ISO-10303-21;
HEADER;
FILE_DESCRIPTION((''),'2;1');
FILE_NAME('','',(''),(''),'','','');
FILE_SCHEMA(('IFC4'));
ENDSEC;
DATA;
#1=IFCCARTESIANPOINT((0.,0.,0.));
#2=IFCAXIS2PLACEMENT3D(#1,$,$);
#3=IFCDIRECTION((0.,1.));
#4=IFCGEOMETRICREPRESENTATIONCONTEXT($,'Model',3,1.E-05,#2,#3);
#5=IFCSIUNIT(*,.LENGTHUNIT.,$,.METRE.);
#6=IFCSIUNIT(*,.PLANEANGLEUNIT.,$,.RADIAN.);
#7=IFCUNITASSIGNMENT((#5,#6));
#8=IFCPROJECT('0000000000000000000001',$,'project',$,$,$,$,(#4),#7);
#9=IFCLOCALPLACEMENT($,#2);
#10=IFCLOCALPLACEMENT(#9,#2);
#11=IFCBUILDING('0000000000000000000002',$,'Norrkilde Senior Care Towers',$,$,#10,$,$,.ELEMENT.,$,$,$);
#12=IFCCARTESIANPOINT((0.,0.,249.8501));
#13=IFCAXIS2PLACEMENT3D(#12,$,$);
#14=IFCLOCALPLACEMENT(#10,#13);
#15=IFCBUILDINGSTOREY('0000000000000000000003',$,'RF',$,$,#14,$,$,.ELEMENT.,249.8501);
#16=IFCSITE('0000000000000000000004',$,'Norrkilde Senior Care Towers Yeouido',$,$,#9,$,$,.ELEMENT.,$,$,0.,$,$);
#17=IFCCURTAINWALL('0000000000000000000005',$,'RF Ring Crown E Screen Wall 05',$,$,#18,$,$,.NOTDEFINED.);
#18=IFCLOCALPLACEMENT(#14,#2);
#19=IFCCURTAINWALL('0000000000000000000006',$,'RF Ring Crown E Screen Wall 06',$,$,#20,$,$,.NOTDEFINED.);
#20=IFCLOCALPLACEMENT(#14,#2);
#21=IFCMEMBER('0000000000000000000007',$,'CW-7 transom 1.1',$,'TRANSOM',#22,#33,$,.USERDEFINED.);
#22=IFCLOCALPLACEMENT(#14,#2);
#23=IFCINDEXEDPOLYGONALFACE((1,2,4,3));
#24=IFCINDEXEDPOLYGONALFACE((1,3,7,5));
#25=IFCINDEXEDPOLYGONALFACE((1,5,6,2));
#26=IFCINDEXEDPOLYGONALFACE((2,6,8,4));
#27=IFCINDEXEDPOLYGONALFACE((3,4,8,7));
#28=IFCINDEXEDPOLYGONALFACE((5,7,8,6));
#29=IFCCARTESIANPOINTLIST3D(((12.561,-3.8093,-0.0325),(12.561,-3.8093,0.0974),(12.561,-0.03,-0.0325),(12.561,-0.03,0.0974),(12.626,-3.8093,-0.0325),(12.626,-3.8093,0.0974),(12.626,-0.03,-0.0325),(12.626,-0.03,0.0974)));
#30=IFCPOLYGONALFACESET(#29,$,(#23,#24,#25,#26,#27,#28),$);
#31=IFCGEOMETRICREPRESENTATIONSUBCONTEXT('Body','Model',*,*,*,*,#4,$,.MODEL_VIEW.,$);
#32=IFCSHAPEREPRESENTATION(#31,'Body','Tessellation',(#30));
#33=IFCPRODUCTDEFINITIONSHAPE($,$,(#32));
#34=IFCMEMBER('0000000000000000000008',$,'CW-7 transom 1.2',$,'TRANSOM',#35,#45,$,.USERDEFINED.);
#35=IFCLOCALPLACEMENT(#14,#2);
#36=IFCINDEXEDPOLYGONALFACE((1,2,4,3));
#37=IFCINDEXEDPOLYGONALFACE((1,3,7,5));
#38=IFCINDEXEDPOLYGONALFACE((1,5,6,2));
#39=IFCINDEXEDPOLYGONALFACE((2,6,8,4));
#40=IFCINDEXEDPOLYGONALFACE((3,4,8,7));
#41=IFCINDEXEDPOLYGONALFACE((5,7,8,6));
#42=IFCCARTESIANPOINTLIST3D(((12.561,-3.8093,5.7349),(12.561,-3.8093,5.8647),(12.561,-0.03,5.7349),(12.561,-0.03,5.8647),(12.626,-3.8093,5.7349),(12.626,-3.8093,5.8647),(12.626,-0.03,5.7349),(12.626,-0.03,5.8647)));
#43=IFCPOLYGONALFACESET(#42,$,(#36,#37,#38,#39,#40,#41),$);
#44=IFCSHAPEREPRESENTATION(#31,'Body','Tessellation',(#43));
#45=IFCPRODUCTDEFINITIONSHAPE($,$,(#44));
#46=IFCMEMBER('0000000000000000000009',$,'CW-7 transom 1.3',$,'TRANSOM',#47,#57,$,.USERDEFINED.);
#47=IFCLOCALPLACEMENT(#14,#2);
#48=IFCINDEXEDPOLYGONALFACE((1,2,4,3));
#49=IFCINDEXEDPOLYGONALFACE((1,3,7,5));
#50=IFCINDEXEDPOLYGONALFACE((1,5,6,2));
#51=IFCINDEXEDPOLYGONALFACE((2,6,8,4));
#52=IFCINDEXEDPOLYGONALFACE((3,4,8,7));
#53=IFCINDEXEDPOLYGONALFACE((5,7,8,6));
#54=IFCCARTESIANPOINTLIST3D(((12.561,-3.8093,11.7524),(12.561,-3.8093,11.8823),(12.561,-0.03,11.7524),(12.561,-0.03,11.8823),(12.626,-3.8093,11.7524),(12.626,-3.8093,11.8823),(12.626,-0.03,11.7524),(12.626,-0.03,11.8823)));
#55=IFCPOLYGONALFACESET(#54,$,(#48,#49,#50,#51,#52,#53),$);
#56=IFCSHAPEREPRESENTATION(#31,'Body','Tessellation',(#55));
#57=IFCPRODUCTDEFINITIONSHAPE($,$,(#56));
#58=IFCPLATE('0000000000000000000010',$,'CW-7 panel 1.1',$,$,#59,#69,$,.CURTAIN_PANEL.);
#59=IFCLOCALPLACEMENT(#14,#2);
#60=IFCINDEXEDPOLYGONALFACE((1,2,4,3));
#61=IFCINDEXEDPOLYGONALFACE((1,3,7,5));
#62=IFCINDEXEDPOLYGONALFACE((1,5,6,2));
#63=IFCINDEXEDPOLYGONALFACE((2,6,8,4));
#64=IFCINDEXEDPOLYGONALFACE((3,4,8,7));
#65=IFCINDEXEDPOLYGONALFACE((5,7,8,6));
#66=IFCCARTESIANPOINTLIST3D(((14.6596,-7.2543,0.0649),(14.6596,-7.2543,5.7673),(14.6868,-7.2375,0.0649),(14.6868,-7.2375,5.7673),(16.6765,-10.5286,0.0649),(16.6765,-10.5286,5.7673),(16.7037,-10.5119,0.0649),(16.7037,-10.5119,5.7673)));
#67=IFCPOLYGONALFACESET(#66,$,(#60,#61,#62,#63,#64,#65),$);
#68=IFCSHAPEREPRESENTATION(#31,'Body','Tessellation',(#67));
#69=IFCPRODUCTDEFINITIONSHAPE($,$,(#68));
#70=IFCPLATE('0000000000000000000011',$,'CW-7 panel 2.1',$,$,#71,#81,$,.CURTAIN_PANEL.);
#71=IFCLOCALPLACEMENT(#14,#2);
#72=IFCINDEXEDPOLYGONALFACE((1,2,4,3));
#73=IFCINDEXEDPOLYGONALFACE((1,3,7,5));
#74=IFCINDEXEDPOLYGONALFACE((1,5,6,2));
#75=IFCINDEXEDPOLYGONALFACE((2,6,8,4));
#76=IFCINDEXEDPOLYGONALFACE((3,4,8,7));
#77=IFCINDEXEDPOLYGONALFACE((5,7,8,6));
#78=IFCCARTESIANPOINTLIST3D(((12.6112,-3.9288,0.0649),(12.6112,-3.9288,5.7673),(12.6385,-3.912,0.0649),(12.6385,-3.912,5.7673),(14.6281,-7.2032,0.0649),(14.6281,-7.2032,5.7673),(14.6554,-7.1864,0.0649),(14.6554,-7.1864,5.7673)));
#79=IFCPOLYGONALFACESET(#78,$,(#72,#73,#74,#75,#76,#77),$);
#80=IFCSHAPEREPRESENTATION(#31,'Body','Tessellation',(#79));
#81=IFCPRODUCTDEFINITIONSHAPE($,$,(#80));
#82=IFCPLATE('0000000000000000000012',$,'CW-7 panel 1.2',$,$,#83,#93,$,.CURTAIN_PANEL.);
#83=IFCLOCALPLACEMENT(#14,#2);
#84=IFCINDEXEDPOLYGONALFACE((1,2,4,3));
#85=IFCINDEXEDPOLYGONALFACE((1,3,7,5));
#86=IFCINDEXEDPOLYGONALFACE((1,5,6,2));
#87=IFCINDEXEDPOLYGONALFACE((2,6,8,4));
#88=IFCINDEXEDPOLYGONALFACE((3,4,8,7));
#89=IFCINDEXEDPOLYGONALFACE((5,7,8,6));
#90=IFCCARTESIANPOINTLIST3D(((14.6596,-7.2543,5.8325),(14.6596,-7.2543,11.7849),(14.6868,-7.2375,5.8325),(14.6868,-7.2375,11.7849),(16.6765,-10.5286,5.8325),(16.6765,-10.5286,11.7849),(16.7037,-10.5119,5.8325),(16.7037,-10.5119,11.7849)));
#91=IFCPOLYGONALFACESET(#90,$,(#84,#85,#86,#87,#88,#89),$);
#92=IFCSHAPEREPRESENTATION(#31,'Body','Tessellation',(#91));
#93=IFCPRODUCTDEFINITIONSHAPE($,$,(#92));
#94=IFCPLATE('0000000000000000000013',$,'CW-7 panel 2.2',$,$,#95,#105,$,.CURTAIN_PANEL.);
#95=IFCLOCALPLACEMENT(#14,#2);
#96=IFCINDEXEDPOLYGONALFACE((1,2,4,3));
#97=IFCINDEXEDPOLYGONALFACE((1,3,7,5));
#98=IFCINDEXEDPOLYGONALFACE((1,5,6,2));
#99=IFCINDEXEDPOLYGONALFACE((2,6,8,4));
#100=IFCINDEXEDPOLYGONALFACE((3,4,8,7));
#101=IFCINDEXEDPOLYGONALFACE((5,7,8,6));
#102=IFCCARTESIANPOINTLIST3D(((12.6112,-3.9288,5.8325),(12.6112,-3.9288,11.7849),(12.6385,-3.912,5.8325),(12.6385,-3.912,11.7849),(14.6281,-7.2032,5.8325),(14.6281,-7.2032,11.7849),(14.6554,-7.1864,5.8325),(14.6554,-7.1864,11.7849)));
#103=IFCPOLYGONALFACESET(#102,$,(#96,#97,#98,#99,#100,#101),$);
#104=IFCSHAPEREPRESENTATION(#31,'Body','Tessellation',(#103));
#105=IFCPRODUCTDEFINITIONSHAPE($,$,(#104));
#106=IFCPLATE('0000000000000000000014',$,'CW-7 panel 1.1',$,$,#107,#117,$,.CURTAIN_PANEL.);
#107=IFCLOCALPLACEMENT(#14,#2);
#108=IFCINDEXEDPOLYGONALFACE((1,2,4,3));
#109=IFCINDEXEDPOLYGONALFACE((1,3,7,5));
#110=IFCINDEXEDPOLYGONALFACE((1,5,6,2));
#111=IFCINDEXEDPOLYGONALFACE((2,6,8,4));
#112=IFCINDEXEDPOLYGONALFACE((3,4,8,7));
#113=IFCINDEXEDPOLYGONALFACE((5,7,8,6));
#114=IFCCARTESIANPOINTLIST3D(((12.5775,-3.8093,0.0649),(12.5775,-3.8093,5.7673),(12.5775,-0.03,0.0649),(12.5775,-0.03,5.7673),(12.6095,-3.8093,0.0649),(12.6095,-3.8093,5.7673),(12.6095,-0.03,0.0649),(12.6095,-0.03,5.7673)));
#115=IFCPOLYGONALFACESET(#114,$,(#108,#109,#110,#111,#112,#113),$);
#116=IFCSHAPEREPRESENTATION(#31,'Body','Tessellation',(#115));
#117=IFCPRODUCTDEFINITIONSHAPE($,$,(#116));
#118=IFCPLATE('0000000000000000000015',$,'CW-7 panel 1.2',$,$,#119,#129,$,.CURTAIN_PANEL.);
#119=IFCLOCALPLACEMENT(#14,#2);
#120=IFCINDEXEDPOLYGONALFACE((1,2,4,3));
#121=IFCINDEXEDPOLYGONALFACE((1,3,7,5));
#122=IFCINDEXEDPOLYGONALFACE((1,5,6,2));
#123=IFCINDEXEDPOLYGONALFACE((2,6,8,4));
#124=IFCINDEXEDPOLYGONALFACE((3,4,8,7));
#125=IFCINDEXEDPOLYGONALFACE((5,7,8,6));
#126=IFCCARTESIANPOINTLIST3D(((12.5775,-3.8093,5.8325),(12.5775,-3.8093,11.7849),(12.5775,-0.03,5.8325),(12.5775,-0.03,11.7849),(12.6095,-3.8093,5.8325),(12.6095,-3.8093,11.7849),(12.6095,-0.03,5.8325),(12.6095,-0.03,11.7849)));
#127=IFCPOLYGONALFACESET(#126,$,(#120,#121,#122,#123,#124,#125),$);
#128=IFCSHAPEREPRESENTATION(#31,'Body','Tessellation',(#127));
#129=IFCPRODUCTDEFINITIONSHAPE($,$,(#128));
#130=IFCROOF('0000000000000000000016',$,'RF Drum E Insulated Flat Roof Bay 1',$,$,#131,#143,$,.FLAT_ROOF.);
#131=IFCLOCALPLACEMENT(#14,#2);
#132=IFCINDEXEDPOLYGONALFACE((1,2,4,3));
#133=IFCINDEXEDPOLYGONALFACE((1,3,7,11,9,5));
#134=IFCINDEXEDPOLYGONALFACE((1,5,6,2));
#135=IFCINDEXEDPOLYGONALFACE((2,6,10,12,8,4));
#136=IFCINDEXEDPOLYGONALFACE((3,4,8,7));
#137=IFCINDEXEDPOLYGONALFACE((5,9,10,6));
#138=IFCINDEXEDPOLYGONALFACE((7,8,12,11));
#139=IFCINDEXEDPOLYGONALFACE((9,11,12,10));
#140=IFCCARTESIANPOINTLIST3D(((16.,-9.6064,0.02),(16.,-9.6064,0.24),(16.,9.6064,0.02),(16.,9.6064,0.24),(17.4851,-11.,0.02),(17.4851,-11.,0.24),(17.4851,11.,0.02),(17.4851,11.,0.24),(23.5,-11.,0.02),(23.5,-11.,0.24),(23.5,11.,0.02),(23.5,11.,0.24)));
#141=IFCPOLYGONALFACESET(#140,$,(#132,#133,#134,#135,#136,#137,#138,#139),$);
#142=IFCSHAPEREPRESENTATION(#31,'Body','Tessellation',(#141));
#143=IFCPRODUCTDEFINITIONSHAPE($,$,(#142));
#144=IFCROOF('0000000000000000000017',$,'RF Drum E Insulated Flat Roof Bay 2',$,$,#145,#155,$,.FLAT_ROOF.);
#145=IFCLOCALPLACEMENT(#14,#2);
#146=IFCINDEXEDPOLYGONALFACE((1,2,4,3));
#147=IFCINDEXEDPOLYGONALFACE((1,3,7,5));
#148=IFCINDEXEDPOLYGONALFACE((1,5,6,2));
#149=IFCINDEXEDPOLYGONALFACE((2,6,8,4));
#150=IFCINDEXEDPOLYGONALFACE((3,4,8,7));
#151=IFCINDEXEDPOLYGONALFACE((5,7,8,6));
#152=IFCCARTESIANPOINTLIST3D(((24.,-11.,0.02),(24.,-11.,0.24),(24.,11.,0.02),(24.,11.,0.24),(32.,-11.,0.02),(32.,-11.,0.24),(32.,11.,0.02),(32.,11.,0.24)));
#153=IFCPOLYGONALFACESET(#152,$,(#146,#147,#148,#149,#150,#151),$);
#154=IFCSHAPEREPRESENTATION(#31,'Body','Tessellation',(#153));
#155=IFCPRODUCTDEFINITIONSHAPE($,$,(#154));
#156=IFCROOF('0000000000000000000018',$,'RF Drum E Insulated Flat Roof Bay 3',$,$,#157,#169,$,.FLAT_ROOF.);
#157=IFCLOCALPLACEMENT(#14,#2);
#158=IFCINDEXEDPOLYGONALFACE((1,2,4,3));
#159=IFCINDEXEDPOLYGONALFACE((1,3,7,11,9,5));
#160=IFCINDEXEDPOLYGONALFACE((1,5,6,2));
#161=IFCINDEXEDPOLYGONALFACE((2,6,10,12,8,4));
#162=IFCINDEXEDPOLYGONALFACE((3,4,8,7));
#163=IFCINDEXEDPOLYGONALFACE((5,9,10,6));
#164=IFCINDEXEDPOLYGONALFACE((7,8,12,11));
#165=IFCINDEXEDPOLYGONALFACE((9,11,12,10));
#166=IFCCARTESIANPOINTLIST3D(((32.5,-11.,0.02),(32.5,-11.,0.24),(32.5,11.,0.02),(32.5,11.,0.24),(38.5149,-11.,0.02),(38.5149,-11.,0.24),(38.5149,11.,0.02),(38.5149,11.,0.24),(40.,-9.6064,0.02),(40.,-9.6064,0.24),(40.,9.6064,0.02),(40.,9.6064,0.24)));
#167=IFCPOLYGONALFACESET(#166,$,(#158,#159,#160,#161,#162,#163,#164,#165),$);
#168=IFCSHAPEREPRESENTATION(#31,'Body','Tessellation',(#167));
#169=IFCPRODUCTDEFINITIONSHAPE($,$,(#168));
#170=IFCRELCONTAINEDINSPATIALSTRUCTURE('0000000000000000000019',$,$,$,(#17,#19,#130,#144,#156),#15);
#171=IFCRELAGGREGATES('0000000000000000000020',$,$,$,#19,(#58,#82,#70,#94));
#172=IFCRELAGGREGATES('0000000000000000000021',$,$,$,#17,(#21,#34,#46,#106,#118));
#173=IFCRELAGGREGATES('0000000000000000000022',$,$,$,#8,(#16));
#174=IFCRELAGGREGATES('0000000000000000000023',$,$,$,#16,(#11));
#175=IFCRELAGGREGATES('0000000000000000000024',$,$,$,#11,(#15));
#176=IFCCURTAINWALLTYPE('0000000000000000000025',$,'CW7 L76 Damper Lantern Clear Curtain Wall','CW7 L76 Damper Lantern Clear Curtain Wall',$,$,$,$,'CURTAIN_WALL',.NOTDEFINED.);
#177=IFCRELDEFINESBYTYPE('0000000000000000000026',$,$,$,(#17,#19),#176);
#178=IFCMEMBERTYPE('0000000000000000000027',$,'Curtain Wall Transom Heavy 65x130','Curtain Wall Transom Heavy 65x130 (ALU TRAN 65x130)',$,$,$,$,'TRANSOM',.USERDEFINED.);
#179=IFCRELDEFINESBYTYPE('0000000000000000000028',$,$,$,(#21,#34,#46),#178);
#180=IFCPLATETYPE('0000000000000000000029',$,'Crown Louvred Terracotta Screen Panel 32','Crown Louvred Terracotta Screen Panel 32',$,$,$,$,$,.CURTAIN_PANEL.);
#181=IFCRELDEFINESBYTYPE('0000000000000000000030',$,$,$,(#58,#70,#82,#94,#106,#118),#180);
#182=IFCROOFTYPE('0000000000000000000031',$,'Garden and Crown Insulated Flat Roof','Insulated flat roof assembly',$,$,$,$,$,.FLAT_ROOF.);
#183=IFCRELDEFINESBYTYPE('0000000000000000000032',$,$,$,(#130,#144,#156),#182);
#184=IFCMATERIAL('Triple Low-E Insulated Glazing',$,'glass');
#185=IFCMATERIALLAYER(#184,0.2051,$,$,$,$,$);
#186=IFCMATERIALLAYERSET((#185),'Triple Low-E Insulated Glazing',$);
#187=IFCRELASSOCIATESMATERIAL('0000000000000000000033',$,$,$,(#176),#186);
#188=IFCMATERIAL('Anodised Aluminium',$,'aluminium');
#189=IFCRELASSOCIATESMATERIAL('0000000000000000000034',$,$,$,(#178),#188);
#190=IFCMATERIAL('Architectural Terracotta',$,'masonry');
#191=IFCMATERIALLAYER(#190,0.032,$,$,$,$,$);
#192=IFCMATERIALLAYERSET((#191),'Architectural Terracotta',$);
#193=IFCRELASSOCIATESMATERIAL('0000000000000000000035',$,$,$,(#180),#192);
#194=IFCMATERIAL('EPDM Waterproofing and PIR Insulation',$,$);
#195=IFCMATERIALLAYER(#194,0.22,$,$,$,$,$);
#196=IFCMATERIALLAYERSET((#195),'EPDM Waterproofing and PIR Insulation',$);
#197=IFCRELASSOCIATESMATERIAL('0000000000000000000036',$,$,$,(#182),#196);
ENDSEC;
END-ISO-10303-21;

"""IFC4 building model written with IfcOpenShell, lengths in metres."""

from ifc_helpers import new_model, si_unit, direction, frame, origin, origin_2d, place, context, subcontext, project, spatial, polyline, rectangle, outline, extrude, source, transform, mapped, material, layer, layer_set, material_profile, profile_set, type_object, type_shapes, element, aggregate, save


model = new_model("IFC4")

# Units and contexts
model_context = context("Model", 3, precision=1e-05, world=origin(), true_north=direction((0.0, 1.0)))
body_context = subcontext(model_context, "Body", "Model", "MODEL_VIEW")
ifc_project = project(units=[si_unit("LENGTHUNIT", "METRE"), si_unit("PLANEANGLEUNIT", "RADIAN")], contexts=[model_context])

# Site, building, storey
site_placement = place(None, origin())
site = spatial("IfcSite", under=ifc_project, at=site_placement, Name="Norrkilde Senior Care Towers Yeouido", CompositionType="ELEMENT", RefElevation=0.0)
building_placement = place(site_placement, origin())
building = spatial("IfcBuilding", under=site, at=building_placement, Name="Norrkilde Senior Care Towers", CompositionType="ELEMENT")
storey_placement = place(building_placement, frame((0.0, 0.0, 249.8501)))
storey = spatial("IfcBuildingStorey", under=building, at=storey_placement, Name="RF", CompositionType="ELEMENT", Elevation=249.8501)

# Curtain wall
ifc_material_1 = material(Name="Triple Low-E Insulated Glazing", Category="glass")
ifc_layer_1 = layer(ifc_material_1, 0.2051)
ifc_layer_set_1 = layer_set([ifc_layer_1], Name="Triple Low-E Insulated Glazing")
curtain_wall_type = type_object("IfcCurtainWallType", Name="CW7 L76 Damper Lantern Clear Curtain Wall", Description="CW7 L76 Damper Lantern Clear Curtain Wall", ElementType="CURTAIN_WALL", PredefinedType="NOTDEFINED", material=ifc_layer_set_1)
curtain_wall_1_placement = place(storey_placement, origin())
curtain_wall_1 = element("IfcCurtainWall", 1, at=curtain_wall_1_placement, inside=storey, type_object=curtain_wall_type, Name="RF Ring Crown E Screen Wall 05", PredefinedType="NOTDEFINED")
ifc_material_2 = material(Name="Anodised Aluminium", Category="aluminium")

# Curtain wall
curtain_wall_2_placement = place(storey_placement, origin())
curtain_wall_2 = element("IfcCurtainWall", 2, at=curtain_wall_2_placement, inside=storey, type_object=curtain_wall_type, Name="RF Ring Crown E Screen Wall 06", PredefinedType="NOTDEFINED")
ifc_material_profile_1 = material_profile(ifc_material_2, rectangle(XDim=0.0649, YDim=0.1299, at=origin_2d()), Name="ALU TRAN 65x130")
ifc_profile_set_1 = profile_set([ifc_material_profile_1], Name="Anodised Aluminium")
member_type_1 = type_object("IfcMemberType", Name="Curtain Wall Transom Heavy 65x130", Description="Curtain Wall Transom Heavy 65x130 (ALU TRAN 65x130)", ElementType="TRANSOM", PredefinedType="USERDEFINED", material=ifc_profile_set_1)

# Members
shared_shape_1 = source(origin(), body_context, "Body", "SweptSolid", [
    extrude(rectangle(XDim=0.0649, YDim=0.1299, at=origin_2d()), origin(), (0.0, 0.0, 1.0), 3.7793),
])
member_1_placement = place(storey_placement, frame((12.5935, -3.8093, 0.0325), z_axis=(0.0, 1.0, 0.0), x_axis=(-1.0, 0.0, 0.0)))
member_1 = element("IfcMember", 3, at=member_1_placement, type_object=member_type_1, Name="CW-7 transom 1.1", ObjectType="TRANSOM", PredefinedType="USERDEFINED", context=body_context, shape_type="MappedRepresentation", body=[
    mapped(shared_shape_1, transform((0.0, 0.0, 0.0), x_axis=(1.0, 0.0, 0.0), y_axis=(0.0, 1.0, 0.0), z_axis=(0.0, 0.0, 1.0), scale=1.0)),
])
member_2_placement = place(storey_placement, frame((12.5935, -3.8093, 5.7998), z_axis=(0.0, 1.0, 0.0), x_axis=(-1.0, 0.0, 0.0)))
member_2 = element("IfcMember", 4, at=member_2_placement, type_object=member_type_1, Name="CW-7 transom 1.2", ObjectType="TRANSOM", PredefinedType="USERDEFINED", context=body_context, shape_type="MappedRepresentation", body=[
    mapped(shared_shape_1, transform((0.0, 0.0, 0.0), x_axis=(1.0, 0.0, 0.0), y_axis=(0.0, 1.0, 0.0), z_axis=(0.0, 0.0, 1.0), scale=1.0)),
])
member_3_placement = place(storey_placement, frame((12.5935, -3.8093, 11.8174), z_axis=(0.0, 1.0, 0.0), x_axis=(-1.0, 0.0, 0.0)))
member_3 = element("IfcMember", 5, at=member_3_placement, type_object=member_type_1, Name="CW-7 transom 1.3", ObjectType="TRANSOM", PredefinedType="USERDEFINED", context=body_context, shape_type="MappedRepresentation", body=[
    mapped(shared_shape_1, transform((0.0, 0.0, 0.0), x_axis=(1.0, 0.0, 0.0), y_axis=(0.0, 1.0, 0.0), z_axis=(0.0, 0.0, 1.0), scale=1.0)),
])

# Plates
ifc_material_3 = material(Name="Architectural Terracotta", Category="masonry")
ifc_layer_2 = layer(ifc_material_3, 0.032)
ifc_layer_set_2 = layer_set([ifc_layer_2], Name="Architectural Terracotta")
plate_type = type_object("IfcPlateType", Name="Crown Louvred Terracotta Screen Panel 32", Description="Crown Louvred Terracotta Screen Panel 32", PredefinedType="CURTAIN_PANEL", material=ifc_layer_set_2)
shared_shape_2 = source(origin(), body_context, "Body", "SweptSolid", [
    extrude(rectangle(XDim=3.8457, YDim=0.032, at=origin_2d()), origin(), (0.0, 0.0, 1.0), 5.7024),
])
plate_1_placement = place(storey_placement, frame((15.6816, -8.8831, 0.0649), z_axis=(0.0, 0.0, 1.0), x_axis=(-0.524458, 0.851436, 0.0)))
plate_1 = element("IfcPlate", 6, at=plate_1_placement, type_object=plate_type, Name="CW-7 panel 1.1", PredefinedType="CURTAIN_PANEL", context=body_context, shape_type="MappedRepresentation", body=[
    mapped(shared_shape_2, transform((0.0, 0.0, 0.0), x_axis=(1.0, 0.0, 0.0), y_axis=(0.0, 1.0, 0.0), z_axis=(0.0, 0.0, 1.0), scale=1.0)),
])
plate_2_placement = place(storey_placement, frame((13.6333, -5.5576, 0.0649), z_axis=(0.0, 0.0, 1.0), x_axis=(-0.524458, 0.851436, 0.0)))
plate_2 = element("IfcPlate", 7, at=plate_2_placement, type_object=plate_type, Name="CW-7 panel 2.1", PredefinedType="CURTAIN_PANEL", context=body_context, shape_type="MappedRepresentation", body=[
    mapped(shared_shape_2, transform((0.0, 0.0, 0.0), x_axis=(1.0, 0.0, 0.0), y_axis=(0.0, 1.0, 0.0), z_axis=(0.0, 0.0, 1.0), scale=1.0)),
])
shared_shape_3 = source(origin(), body_context, "Body", "SweptSolid", [
    extrude(rectangle(XDim=3.8457, YDim=0.032, at=origin_2d()), origin(), (0.0, 0.0, 1.0), 5.9524),
])
plate_3_placement = place(storey_placement, frame((15.6816, -8.8831, 5.8325), z_axis=(0.0, 0.0, 1.0), x_axis=(-0.524458, 0.851436, 0.0)))
plate_3 = element("IfcPlate", 8, at=plate_3_placement, type_object=plate_type, Name="CW-7 panel 1.2", PredefinedType="CURTAIN_PANEL", context=body_context, shape_type="MappedRepresentation", body=[
    mapped(shared_shape_3, transform((0.0, 0.0, 0.0), x_axis=(1.0, 0.0, 0.0), y_axis=(0.0, 1.0, 0.0), z_axis=(0.0, 0.0, 1.0), scale=1.0)),
])
plate_4_placement = place(storey_placement, frame((13.6333, -5.5576, 5.8325), z_axis=(0.0, 0.0, 1.0), x_axis=(-0.524458, 0.851436, 0.0)))
plate_4 = element("IfcPlate", 9, at=plate_4_placement, type_object=plate_type, Name="CW-7 panel 2.2", PredefinedType="CURTAIN_PANEL", context=body_context, shape_type="MappedRepresentation", body=[
    mapped(shared_shape_3, transform((0.0, 0.0, 0.0), x_axis=(1.0, 0.0, 0.0), y_axis=(0.0, 1.0, 0.0), z_axis=(0.0, 0.0, 1.0), scale=1.0)),
])
aggregate(curtain_wall_2, [plate_1, plate_3, plate_2, plate_4])
shared_shape_4 = source(origin(), body_context, "Body", "SweptSolid", [
    extrude(rectangle(XDim=3.7793, YDim=0.032, at=origin_2d()), origin(), (0.0, 0.0, 1.0), 5.7024),
])
plate_5_placement = place(storey_placement, frame((12.5935, -1.9197, 0.0649), z_axis=(0.0, 0.0, 1.0), x_axis=(0.0, 1.0, 0.0)))
plate_5 = element("IfcPlate", 10, at=plate_5_placement, type_object=plate_type, Name="CW-7 panel 1.1", PredefinedType="CURTAIN_PANEL", context=body_context, shape_type="MappedRepresentation", body=[
    mapped(shared_shape_4, transform((0.0, 0.0, 0.0), x_axis=(1.0, 0.0, 0.0), y_axis=(0.0, 1.0, 0.0), z_axis=(0.0, 0.0, 1.0), scale=1.0)),
])
shared_shape_5 = source(origin(), body_context, "Body", "SweptSolid", [
    extrude(rectangle(XDim=3.7793, YDim=0.032, at=origin_2d()), origin(), (0.0, 0.0, 1.0), 5.9524),
])
type_shapes(plate_type, [shared_shape_2, shared_shape_3, shared_shape_4, shared_shape_5])
plate_6_placement = place(storey_placement, frame((12.5935, -1.9197, 5.8325), z_axis=(0.0, 0.0, 1.0), x_axis=(0.0, 1.0, 0.0)))
plate_6 = element("IfcPlate", 11, at=plate_6_placement, type_object=plate_type, Name="CW-7 panel 1.2", PredefinedType="CURTAIN_PANEL", context=body_context, shape_type="MappedRepresentation", body=[
    mapped(shared_shape_5, transform((0.0, 0.0, 0.0), x_axis=(1.0, 0.0, 0.0), y_axis=(0.0, 1.0, 0.0), z_axis=(0.0, 0.0, 1.0), scale=1.0)),
])
aggregate(curtain_wall_1, [member_1, member_2, member_3, plate_5, plate_6])

# Roofs
ifc_material_4 = material(Name="EPDM Waterproofing and PIR Insulation")
ifc_layer_3 = layer(ifc_material_4, 0.22)
ifc_layer_set_3 = layer_set([ifc_layer_3], Name="EPDM Waterproofing and PIR Insulation")
roof_type = type_object("IfcRoofType", Name="Garden and Crown Insulated Flat Roof", Description="Insulated flat roof assembly", PredefinedType="FLAT_ROOF", material=ifc_layer_set_3)
roof_1_placement = place(storey_placement, frame((0.0, 0.0, 0.02)))
element("IfcRoof", 12, at=roof_1_placement, inside=storey, type_object=roof_type, Name="RF Drum E Insulated Flat Roof Bay 1", PredefinedType="FLAT_ROOF", context=body_context, shape_type="SweptSolid", body=[
    extrude(outline(polyline([(16.0, -9.6064), (16.0, 9.6064), (17.4851, 11.0), (23.5, 11.0), (23.5, -11.0), (17.4851, -11.0), (16.0, -9.6064)])), origin(), (0.0, 0.0, 1.0), 0.22),
])
roof_2_placement = place(storey_placement, frame((0.0, 0.0, 0.02)))
element("IfcRoof", 13, at=roof_2_placement, inside=storey, type_object=roof_type, Name="RF Drum E Insulated Flat Roof Bay 2", PredefinedType="FLAT_ROOF", context=body_context, shape_type="SweptSolid", body=[
    extrude(outline(polyline([(24.0, -11.0), (24.0, 11.0), (32.0, 11.0), (32.0, -11.0), (24.0, -11.0)])), origin(), (0.0, 0.0, 1.0), 0.22),
])
roof_3_placement = place(storey_placement, frame((0.0, 0.0, 0.02)))
element("IfcRoof", 14, at=roof_3_placement, inside=storey, type_object=roof_type, Name="RF Drum E Insulated Flat Roof Bay 3", PredefinedType="FLAT_ROOF", context=body_context, shape_type="SweptSolid", body=[
    extrude(outline(polyline([(38.5149, -11.0), (32.5, -11.0), (32.5, 11.0), (38.5149, 11.0), (40.0, 9.6064), (40.0, -9.6064), (38.5149, -11.0)])), origin(), (0.0, 0.0, 1.0), 0.22),
])

save(model, "model.ifc")
